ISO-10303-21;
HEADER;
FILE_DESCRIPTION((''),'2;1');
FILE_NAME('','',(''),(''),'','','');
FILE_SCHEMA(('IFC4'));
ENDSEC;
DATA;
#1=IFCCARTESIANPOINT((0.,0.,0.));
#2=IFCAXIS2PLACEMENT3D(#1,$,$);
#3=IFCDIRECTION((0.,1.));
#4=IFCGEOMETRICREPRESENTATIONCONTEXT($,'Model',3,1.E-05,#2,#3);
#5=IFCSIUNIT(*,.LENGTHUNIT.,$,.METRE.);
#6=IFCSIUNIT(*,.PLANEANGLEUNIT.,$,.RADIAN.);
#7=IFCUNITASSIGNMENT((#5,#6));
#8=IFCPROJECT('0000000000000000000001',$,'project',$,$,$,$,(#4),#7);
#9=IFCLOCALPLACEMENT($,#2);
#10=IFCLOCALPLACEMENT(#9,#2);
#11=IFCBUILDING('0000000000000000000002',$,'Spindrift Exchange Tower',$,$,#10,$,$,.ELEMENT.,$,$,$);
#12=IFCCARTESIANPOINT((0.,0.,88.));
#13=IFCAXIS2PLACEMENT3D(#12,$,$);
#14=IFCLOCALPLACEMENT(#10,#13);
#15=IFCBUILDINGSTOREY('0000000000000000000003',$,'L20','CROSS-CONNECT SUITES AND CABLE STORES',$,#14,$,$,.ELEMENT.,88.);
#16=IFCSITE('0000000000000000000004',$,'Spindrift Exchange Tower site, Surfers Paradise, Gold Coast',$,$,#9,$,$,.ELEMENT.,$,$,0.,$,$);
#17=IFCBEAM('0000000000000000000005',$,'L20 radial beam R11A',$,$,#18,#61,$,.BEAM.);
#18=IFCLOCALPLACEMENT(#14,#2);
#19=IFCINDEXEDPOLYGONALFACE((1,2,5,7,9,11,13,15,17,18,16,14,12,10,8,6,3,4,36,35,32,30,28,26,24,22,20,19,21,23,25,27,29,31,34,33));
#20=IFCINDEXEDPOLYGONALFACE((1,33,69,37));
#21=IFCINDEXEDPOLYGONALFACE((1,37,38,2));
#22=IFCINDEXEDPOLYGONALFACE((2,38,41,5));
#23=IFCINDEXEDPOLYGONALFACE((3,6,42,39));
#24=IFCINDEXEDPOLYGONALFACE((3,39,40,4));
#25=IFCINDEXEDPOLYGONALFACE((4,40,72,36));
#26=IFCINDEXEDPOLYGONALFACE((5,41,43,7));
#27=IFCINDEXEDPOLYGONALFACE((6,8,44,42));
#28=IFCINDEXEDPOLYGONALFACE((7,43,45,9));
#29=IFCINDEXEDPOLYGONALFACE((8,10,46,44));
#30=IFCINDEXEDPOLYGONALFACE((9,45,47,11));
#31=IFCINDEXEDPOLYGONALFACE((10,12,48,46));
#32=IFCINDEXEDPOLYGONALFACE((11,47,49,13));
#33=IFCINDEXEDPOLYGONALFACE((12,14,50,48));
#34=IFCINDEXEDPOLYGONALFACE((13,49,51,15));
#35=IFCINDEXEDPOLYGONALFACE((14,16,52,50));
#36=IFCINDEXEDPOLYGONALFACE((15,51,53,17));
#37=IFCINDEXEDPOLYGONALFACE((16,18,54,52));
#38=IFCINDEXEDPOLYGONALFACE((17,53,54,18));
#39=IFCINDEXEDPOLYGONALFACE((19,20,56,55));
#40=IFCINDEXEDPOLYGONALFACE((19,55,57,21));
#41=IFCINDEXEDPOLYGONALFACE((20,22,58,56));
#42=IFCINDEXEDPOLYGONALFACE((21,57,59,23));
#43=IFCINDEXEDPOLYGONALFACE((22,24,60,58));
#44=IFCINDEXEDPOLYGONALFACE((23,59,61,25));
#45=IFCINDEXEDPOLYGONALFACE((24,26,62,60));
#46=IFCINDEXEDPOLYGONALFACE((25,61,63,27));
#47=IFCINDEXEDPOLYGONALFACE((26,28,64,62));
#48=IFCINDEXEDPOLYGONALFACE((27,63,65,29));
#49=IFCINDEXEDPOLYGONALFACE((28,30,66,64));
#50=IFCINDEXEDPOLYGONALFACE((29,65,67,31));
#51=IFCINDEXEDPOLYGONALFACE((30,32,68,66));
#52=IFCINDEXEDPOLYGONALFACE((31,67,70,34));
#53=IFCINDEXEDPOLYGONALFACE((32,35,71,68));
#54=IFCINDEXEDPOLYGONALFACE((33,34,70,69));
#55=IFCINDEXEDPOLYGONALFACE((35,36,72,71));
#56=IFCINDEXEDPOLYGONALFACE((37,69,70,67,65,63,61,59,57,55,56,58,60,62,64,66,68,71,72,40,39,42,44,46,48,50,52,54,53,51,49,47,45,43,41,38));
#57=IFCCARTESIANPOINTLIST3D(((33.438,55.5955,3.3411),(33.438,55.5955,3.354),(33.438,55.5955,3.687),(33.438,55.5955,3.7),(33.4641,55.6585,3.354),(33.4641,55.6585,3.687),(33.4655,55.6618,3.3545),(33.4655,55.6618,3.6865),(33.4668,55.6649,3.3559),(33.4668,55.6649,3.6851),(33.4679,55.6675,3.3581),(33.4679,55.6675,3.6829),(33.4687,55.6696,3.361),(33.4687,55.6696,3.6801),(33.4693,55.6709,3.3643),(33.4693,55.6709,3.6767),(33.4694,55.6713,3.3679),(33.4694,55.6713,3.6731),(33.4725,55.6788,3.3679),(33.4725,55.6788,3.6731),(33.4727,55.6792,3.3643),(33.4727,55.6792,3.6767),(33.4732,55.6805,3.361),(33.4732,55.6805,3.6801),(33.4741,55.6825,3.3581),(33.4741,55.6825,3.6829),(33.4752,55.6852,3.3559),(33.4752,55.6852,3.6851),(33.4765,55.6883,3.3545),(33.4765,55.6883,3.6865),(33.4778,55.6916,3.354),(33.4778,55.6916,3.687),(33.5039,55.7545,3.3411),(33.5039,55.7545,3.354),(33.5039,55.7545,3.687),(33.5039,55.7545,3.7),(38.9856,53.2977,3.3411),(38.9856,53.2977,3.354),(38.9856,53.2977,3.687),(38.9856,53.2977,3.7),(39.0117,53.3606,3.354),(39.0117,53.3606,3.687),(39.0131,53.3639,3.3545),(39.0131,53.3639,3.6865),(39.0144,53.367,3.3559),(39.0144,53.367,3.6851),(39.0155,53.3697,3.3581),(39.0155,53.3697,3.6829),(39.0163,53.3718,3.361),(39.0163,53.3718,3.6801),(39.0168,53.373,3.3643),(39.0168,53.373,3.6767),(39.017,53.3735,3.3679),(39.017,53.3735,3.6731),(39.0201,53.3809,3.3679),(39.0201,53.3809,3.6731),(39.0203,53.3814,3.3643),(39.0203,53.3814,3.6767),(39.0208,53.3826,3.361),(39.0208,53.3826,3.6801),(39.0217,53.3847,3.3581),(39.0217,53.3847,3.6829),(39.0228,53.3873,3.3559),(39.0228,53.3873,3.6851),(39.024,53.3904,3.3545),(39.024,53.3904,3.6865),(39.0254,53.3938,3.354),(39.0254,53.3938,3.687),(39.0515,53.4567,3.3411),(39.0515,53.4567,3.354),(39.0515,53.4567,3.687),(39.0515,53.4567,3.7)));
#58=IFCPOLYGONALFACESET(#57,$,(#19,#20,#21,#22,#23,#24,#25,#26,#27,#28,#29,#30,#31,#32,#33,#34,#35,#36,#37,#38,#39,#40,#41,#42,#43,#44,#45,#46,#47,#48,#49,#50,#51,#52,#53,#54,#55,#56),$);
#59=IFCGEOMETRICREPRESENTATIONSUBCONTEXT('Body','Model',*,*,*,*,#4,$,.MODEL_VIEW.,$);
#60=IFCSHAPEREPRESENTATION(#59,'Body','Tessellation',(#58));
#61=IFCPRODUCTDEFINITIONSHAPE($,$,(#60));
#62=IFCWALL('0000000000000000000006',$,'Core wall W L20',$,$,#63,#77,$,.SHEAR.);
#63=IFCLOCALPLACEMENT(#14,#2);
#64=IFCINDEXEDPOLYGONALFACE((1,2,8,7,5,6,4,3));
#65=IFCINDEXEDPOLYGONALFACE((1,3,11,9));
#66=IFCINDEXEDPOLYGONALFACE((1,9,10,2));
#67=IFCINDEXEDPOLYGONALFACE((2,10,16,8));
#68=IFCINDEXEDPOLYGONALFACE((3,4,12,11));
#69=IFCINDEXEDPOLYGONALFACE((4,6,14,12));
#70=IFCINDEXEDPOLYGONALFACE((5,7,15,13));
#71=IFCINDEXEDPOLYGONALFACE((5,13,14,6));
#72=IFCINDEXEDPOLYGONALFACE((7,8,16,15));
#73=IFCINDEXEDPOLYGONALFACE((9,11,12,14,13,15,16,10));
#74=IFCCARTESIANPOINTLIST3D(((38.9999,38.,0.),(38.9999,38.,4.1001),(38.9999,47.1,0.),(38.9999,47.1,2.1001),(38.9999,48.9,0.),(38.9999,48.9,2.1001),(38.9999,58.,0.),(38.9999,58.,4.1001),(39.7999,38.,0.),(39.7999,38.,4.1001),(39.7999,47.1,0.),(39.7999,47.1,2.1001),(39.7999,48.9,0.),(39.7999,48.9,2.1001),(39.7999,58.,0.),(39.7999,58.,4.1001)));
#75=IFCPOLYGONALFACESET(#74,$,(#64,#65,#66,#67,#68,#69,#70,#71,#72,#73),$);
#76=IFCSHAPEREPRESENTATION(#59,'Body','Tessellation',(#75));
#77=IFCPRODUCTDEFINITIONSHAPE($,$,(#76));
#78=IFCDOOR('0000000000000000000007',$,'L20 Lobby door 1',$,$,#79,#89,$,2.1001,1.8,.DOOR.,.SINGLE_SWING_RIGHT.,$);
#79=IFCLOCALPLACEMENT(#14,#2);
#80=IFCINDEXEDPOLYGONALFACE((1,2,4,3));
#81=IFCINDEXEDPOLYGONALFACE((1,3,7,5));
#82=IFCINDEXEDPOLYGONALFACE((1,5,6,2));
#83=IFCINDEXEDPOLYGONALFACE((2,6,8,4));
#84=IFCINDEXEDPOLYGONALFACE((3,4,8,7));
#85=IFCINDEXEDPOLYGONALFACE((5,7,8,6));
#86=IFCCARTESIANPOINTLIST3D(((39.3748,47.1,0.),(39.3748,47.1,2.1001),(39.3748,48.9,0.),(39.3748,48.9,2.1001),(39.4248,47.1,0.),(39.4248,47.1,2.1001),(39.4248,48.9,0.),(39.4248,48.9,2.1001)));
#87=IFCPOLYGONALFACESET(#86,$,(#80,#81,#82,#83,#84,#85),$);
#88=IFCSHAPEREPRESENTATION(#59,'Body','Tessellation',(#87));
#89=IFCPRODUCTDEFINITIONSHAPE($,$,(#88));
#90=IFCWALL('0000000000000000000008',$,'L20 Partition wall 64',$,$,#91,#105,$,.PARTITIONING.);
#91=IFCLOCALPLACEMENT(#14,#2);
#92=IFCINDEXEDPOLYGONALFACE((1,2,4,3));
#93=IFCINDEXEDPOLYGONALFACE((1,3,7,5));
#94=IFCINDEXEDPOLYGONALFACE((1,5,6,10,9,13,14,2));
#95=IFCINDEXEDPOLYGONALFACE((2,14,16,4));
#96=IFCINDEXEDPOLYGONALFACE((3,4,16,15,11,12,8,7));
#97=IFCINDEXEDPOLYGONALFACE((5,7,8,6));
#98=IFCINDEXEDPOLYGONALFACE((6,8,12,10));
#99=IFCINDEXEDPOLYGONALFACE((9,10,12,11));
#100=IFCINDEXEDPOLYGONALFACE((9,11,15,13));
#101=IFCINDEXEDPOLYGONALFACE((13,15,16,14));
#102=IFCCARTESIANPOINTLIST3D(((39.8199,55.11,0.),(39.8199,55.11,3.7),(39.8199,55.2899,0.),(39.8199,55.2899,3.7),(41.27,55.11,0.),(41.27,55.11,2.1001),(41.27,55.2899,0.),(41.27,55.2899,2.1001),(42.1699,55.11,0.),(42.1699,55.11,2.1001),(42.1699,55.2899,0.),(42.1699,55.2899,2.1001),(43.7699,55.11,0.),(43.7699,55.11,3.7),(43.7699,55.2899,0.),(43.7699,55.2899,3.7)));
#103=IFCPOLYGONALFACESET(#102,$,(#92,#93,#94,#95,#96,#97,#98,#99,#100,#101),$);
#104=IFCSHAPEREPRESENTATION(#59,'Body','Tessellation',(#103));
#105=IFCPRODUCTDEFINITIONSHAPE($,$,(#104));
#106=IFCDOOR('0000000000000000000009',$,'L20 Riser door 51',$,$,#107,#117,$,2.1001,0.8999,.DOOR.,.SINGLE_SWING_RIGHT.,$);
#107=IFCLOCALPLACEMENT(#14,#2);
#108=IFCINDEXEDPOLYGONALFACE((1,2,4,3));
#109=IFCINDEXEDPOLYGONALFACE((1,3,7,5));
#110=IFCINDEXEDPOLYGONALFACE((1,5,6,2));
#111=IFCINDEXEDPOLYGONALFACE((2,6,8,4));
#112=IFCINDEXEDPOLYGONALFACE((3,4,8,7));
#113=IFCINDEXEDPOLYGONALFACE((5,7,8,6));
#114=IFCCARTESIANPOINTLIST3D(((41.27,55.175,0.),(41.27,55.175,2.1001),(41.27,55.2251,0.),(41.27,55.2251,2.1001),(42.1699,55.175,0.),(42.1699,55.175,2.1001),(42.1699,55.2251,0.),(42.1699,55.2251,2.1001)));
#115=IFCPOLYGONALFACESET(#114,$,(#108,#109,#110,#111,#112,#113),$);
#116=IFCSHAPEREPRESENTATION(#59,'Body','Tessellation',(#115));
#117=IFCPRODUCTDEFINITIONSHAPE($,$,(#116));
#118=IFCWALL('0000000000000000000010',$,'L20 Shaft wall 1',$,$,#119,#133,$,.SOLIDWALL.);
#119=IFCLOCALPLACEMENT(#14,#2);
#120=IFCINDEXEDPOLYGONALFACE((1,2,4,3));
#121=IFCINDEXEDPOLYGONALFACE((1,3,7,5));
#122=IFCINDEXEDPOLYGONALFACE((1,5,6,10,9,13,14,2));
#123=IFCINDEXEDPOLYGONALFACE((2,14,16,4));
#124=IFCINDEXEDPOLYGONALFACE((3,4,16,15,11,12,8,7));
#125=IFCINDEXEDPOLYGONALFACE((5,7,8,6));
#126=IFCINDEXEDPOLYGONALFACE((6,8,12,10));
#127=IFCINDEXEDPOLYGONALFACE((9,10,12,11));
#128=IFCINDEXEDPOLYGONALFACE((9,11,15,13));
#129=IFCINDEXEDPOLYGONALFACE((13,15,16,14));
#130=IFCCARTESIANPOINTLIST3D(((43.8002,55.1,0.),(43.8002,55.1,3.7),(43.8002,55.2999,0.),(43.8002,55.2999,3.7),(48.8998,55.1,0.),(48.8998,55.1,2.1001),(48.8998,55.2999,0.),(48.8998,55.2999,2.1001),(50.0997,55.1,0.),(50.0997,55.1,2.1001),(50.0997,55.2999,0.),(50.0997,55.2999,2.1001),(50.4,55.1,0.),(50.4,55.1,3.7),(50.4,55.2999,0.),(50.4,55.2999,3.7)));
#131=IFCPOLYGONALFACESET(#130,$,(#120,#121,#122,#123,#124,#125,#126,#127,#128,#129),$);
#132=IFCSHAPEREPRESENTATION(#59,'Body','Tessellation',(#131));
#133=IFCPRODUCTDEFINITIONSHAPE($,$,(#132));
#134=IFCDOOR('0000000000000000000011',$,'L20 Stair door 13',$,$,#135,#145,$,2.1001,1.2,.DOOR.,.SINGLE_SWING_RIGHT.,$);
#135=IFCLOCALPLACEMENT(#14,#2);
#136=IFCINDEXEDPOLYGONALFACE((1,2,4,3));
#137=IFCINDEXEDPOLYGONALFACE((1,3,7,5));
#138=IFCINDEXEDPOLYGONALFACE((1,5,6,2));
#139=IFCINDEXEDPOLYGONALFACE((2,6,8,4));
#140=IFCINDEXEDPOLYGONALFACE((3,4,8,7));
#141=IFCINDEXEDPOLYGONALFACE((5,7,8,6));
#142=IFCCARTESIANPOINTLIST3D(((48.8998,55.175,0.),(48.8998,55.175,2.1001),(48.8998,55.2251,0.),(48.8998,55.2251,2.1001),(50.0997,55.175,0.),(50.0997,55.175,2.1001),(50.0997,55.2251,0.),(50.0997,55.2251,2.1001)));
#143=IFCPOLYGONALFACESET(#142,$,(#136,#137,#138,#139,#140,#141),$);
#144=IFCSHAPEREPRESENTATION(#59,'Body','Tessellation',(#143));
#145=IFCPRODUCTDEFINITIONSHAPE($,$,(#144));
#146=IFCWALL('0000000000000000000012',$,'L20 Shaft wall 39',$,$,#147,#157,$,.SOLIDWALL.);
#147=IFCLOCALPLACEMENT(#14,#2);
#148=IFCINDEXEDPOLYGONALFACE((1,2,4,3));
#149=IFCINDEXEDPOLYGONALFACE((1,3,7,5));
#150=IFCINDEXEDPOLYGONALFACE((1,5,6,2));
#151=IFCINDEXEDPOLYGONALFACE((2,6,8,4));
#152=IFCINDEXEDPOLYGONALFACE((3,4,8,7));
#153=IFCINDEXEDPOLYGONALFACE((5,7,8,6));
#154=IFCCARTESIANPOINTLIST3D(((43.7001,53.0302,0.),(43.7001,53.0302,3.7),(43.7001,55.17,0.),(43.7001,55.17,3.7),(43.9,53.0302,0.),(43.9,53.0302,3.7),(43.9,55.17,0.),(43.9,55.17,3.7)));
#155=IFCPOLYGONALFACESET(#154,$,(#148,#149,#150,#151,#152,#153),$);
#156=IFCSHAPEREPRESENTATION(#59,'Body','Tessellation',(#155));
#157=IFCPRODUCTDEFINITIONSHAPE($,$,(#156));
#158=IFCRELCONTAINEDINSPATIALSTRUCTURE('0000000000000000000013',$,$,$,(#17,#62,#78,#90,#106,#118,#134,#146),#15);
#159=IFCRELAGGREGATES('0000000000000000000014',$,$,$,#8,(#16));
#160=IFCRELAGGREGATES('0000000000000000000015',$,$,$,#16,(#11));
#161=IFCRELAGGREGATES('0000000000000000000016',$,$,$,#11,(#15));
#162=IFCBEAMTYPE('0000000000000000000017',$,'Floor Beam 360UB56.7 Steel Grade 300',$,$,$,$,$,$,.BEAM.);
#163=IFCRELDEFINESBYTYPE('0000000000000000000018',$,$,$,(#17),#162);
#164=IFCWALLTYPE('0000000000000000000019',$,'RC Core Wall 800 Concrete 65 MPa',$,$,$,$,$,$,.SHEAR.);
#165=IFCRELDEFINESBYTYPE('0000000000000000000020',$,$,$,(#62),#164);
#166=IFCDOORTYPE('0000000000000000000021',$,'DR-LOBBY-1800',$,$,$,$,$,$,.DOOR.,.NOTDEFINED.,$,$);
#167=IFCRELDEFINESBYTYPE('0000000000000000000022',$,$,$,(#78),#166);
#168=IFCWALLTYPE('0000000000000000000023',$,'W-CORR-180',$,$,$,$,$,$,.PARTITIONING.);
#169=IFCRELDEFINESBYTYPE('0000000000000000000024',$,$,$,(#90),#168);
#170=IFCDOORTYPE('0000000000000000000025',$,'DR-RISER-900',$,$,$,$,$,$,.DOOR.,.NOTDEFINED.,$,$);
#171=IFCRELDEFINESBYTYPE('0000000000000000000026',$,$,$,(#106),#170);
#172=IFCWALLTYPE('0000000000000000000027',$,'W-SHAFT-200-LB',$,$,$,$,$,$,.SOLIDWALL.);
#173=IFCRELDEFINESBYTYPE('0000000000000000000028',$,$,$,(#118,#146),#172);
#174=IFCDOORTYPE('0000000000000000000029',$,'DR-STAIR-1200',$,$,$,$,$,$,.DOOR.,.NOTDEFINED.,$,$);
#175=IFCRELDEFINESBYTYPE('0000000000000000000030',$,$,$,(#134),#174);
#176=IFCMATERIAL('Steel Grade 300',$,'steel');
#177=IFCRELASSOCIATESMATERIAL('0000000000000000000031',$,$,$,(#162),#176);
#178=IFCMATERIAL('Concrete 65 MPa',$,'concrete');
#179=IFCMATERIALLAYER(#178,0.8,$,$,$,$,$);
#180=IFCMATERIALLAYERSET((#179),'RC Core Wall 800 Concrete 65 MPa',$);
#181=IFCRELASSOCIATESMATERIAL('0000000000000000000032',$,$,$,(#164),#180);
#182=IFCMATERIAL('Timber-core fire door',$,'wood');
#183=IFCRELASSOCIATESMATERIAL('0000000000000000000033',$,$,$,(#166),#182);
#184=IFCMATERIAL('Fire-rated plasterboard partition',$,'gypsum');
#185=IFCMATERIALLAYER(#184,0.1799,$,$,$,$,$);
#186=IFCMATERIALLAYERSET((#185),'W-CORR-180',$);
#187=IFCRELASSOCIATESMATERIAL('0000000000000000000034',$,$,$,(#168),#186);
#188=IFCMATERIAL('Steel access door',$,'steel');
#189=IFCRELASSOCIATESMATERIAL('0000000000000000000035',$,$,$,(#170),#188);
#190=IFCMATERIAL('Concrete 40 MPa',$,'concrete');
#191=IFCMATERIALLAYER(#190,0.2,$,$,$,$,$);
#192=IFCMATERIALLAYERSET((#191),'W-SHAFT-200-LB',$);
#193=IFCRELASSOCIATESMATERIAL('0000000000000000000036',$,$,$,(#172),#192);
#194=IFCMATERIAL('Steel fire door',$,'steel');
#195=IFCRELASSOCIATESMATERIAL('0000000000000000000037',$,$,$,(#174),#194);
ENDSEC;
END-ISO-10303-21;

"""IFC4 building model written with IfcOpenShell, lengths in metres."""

from ifc_helpers import new_model, si_unit, direction, frame, frame_2d, origin, origin_2d, place, context, subcontext, project, spatial, rectangle, i_section, extrude, source, transform, mapped, material, layer, layer_set, material_profile, profile_set, type_object, element, fill, save


model = new_model("IFC4")

# Units and contexts
model_context = context("Model", 3, precision=1e-05, world=origin(), true_north=direction((0.0, 1.0)))
body_context = subcontext(model_context, "Body", "Model", "MODEL_VIEW")
ifc_project = project(units=[si_unit("LENGTHUNIT", "METRE"), si_unit("PLANEANGLEUNIT", "RADIAN")], contexts=[model_context])

# Site, building, storey
site_placement = place(None, origin())
site = spatial("IfcSite", under=ifc_project, at=site_placement, Name="Spindrift Exchange Tower site, Surfers Paradise, Gold Coast", CompositionType="ELEMENT", RefElevation=0.0)
building_placement = place(site_placement, origin())
building = spatial("IfcBuilding", under=site, at=building_placement, Name="Spindrift Exchange Tower", CompositionType="ELEMENT")
storey_placement = place(building_placement, frame((0.0, 0.0, 88.0)))
storey = spatial("IfcBuildingStorey", under=building, at=storey_placement, Name="L20", Description="CROSS-CONNECT SUITES AND CABLE STORES", CompositionType="ELEMENT", Elevation=88.0)

# Beam
ifc_material_1 = material(Name="Steel Grade 300", Category="steel")
ifc_material_profile_1 = material_profile(ifc_material_1, i_section(OverallWidth=0.1721, OverallDepth=0.3589, WebThickness=0.0081, FlangeThickness=0.0129, FilletRadius=0.0139, at=origin_2d()), Name="360UB56.7")
ifc_profile_set_1 = profile_set([ifc_material_profile_1], Name="Steel Grade 300")
beam_type_1 = type_object("IfcBeamType", Name="Floor Beam 360UB56.7 Steel Grade 300", PredefinedType="BEAM", material=ifc_profile_set_1)
shared_shape_1 = source(origin(), body_context, "Body", "SweptSolid", [
    extrude(i_section(OverallWidth=0.1721, OverallDepth=0.3589, WebThickness=0.0081, FlangeThickness=0.0129, FilletRadius=0.0139, at=origin_2d()), origin(), (0.0, 0.0, 1.0), 6.0046),
])
beam_1_placement = place(storey_placement, frame((39.0186, 53.3772, 3.5205), z_axis=(-0.923882, 0.382677, 0.0), x_axis=(-0.382677, -0.923882, 0.0)))
element("IfcBeam", 1, at=beam_1_placement, inside=storey, type_object=beam_type_1, Name="L20 radial beam R11A", PredefinedType="BEAM", context=body_context, shape_type="MappedRepresentation", body=[
    mapped(shared_shape_1, transform((0.0, 0.0, 0.0), scale=1.0)),
])

# Walls, openings, doors
ifc_material_2 = material(Name="Concrete 65 MPa", Category="concrete")
ifc_layer_1 = layer(ifc_material_2, 0.8)
ifc_layer_set_1 = layer_set([ifc_layer_1], Name="RC Core Wall 800 Concrete 65 MPa")
wall_type_1 = type_object("IfcWallType", Name="RC Core Wall 800 Concrete 65 MPa", PredefinedType="SHEAR", material=ifc_layer_set_1)
wall_1_placement = place(storey_placement, frame((39.3999, 58.0, 0.0), z_axis=(0.0, 0.0, 1.0), x_axis=(0.0, -1.0, 0.0)))
wall_1 = element("IfcWall", 2, at=wall_1_placement, inside=storey, type_object=wall_type_1, Name="Core wall W L20", PredefinedType="SHEAR", context=body_context, shape_type="SweptSolid", body=[
    extrude(rectangle(XDim=20.0, YDim=0.8, at=frame_2d((10.0, 0.0))), origin(), (0.0, 0.0, 1.0), 4.1001),
])
opening_1_placement = place(wall_1_placement, frame((9.1001, 0.0, 0.0)))
opening_1 = element("IfcOpeningElement", 3, at=opening_1_placement, cuts=wall_1, PredefinedType="OPENING", context=body_context, shape_type="SweptSolid", body=[
    extrude(rectangle(XDim=1.8, YDim=2.1001, at=frame_2d((0.8999, 1.05))), frame((0.0, 0.4099, 0.0), z_axis=(0.0, -1.0, 0.0), x_axis=(1.0, 0.0, 0.0)), (0.0, 0.0, 1.0), 0.8201),
])
ifc_material_3 = material(Name="Timber-core fire door", Category="wood")
door_type_1 = type_object("IfcDoorType", Name="DR-LOBBY-1800", OperationType="NOTDEFINED", PredefinedType="DOOR", material=ifc_material_3)
shared_shape_2 = source(origin(), body_context, "Body", "SweptSolid", [
    extrude(rectangle(XDim=1.8, YDim=2.1001, at=frame_2d((0.8999, 1.05))), frame((0.0, 0.0249, 0.0), z_axis=(0.0, -1.0, 0.0), x_axis=(1.0, 0.0, 0.0)), (0.0, 0.0, 1.0), 0.05),
])
door_1_placement = place(opening_1_placement, origin())
door_1 = element("IfcDoor", 4, at=door_1_placement, inside=storey, type_object=door_type_1, Name="L20 Lobby door 1", OperationType="SINGLE_SWING_RIGHT", OverallHeight=2.1001, OverallWidth=1.8, PredefinedType="DOOR", context=body_context, shape_type="MappedRepresentation", body=[
    mapped(shared_shape_2, transform((0.0, 0.0, 0.0), scale=1.0)),
])
fill(opening_1, door_1)
ifc_material_4 = material(Name="Fire-rated plasterboard partition", Category="gypsum")
ifc_layer_2 = layer(ifc_material_4, 0.1799)
ifc_layer_set_2 = layer_set([ifc_layer_2], Name="W-CORR-180")
wall_type_2 = type_object("IfcWallType", Name="W-CORR-180", PredefinedType="PARTITIONING", material=ifc_layer_set_2)
wall_2_placement = place(storey_placement, frame((43.77, 55.2, 0.0), z_axis=(0.0, 0.0, 1.0), x_axis=(-1.0, 0.0, 0.0)))
wall_2 = element("IfcWall", 5, at=wall_2_placement, inside=storey, type_object=wall_type_2, Name="L20 Partition wall 64", PredefinedType="PARTITIONING", context=body_context, shape_type="SweptSolid", body=[
    extrude(rectangle(XDim=3.95, YDim=0.1799, at=frame_2d((1.9751, 0.0))), origin(), (0.0, 0.0, 1.0), 3.7),
])
opening_2_placement = place(wall_2_placement, frame((1.6001, 0.0, 0.0)))
opening_2 = element("IfcOpeningElement", 6, at=opening_2_placement, cuts=wall_2, PredefinedType="OPENING", context=body_context, shape_type="SweptSolid", body=[
    extrude(rectangle(XDim=0.8999, YDim=2.1001, at=frame_2d((0.45, 1.05))), frame((0.0, 0.0999, 0.0), z_axis=(0.0, -1.0, 0.0), x_axis=(1.0, 0.0, 0.0)), (0.0, 0.0, 1.0), 0.2),
])
ifc_material_5 = material(Name="Steel access door", Category="steel")
door_type_2 = type_object("IfcDoorType", Name="DR-RISER-900", OperationType="NOTDEFINED", PredefinedType="DOOR", material=ifc_material_5)
shared_shape_3 = source(origin(), body_context, "Body", "SweptSolid", [
    extrude(rectangle(XDim=0.8999, YDim=2.1001, at=frame_2d((0.45, 1.05))), frame((0.0, 0.0249, 0.0), z_axis=(0.0, -1.0, 0.0), x_axis=(1.0, 0.0, 0.0)), (0.0, 0.0, 1.0), 0.05),
])
door_2_placement = place(opening_2_placement, origin())
door_2 = element("IfcDoor", 7, at=door_2_placement, inside=storey, type_object=door_type_2, Name="L20 Riser door 51", OperationType="SINGLE_SWING_RIGHT", OverallHeight=2.1001, OverallWidth=0.8999, PredefinedType="DOOR", context=body_context, shape_type="MappedRepresentation", body=[
    mapped(shared_shape_3, transform((0.0, 0.0, 0.0), scale=1.0)),
])
fill(opening_2, door_2)
ifc_material_6 = material(Name="Concrete 40 MPa", Category="concrete")
ifc_layer_3 = layer(ifc_material_6, 0.2)
ifc_layer_set_3 = layer_set([ifc_layer_3], Name="W-SHAFT-200-LB")
wall_type_3 = type_object("IfcWallType", Name="W-SHAFT-200-LB", PredefinedType="SOLIDWALL", material=ifc_layer_set_3)
wall_3_placement = place(storey_placement, frame((50.3999, 55.2, 0.0), z_axis=(0.0, 0.0, 1.0), x_axis=(-1.0, 0.0, 0.0)))
wall_3 = element("IfcWall", 8, at=wall_3_placement, inside=storey, type_object=wall_type_3, Name="L20 Shaft wall 1", PredefinedType="SOLIDWALL", context=body_context, shape_type="SweptSolid", body=[
    extrude(rectangle(XDim=6.5999, YDim=0.2, at=frame_2d((3.2998, 0.0))), origin(), (0.0, 0.0, 1.0), 3.7),
])
opening_3_placement = place(wall_3_placement, frame((0.3, 0.0, 0.0)))
opening_3 = element("IfcOpeningElement", 9, at=opening_3_placement, cuts=wall_3, PredefinedType="OPENING", context=body_context, shape_type="SweptSolid", body=[
    extrude(rectangle(XDim=1.2, YDim=2.1001, at=frame_2d((0.6001, 1.05))), frame((0.0, 0.1099, 0.0), z_axis=(0.0, -1.0, 0.0), x_axis=(1.0, 0.0, 0.0)), (0.0, 0.0, 1.0), 0.22),
])
ifc_material_7 = material(Name="Steel fire door", Category="steel")
door_type_3 = type_object("IfcDoorType", Name="DR-STAIR-1200", OperationType="NOTDEFINED", PredefinedType="DOOR", material=ifc_material_7)
shared_shape_4 = source(origin(), body_context, "Body", "SweptSolid", [
    extrude(rectangle(XDim=1.2, YDim=2.1001, at=frame_2d((0.6001, 1.05))), frame((0.0, 0.0249, 0.0), z_axis=(0.0, -1.0, 0.0), x_axis=(1.0, 0.0, 0.0)), (0.0, 0.0, 1.0), 0.05),
])
door_3_placement = place(opening_3_placement, origin())
door_3 = element("IfcDoor", 10, at=door_3_placement, inside=storey, type_object=door_type_3, Name="L20 Stair door 13", OperationType="SINGLE_SWING_RIGHT", OverallHeight=2.1001, OverallWidth=1.2, PredefinedType="DOOR", context=body_context, shape_type="MappedRepresentation", body=[
    mapped(shared_shape_4, transform((0.0, 0.0, 0.0), scale=1.0)),
])
fill(opening_3, door_3)

# Wall
wall_4_placement = place(storey_placement, frame((43.8, 55.1699, 0.0), z_axis=(0.0, 0.0, 1.0), x_axis=(0.0, -1.0, 0.0)))
element("IfcWall", 11, at=wall_4_placement, inside=storey, type_object=wall_type_3, Name="L20 Shaft wall 39", PredefinedType="SOLIDWALL", context=body_context, shape_type="SweptSolid", body=[
    extrude(rectangle(XDim=2.1399, YDim=0.2, at=frame_2d((1.0698, 0.0))), origin(), (0.0, 0.0, 1.0), 3.7),
])

save(model, "model.ifc")
